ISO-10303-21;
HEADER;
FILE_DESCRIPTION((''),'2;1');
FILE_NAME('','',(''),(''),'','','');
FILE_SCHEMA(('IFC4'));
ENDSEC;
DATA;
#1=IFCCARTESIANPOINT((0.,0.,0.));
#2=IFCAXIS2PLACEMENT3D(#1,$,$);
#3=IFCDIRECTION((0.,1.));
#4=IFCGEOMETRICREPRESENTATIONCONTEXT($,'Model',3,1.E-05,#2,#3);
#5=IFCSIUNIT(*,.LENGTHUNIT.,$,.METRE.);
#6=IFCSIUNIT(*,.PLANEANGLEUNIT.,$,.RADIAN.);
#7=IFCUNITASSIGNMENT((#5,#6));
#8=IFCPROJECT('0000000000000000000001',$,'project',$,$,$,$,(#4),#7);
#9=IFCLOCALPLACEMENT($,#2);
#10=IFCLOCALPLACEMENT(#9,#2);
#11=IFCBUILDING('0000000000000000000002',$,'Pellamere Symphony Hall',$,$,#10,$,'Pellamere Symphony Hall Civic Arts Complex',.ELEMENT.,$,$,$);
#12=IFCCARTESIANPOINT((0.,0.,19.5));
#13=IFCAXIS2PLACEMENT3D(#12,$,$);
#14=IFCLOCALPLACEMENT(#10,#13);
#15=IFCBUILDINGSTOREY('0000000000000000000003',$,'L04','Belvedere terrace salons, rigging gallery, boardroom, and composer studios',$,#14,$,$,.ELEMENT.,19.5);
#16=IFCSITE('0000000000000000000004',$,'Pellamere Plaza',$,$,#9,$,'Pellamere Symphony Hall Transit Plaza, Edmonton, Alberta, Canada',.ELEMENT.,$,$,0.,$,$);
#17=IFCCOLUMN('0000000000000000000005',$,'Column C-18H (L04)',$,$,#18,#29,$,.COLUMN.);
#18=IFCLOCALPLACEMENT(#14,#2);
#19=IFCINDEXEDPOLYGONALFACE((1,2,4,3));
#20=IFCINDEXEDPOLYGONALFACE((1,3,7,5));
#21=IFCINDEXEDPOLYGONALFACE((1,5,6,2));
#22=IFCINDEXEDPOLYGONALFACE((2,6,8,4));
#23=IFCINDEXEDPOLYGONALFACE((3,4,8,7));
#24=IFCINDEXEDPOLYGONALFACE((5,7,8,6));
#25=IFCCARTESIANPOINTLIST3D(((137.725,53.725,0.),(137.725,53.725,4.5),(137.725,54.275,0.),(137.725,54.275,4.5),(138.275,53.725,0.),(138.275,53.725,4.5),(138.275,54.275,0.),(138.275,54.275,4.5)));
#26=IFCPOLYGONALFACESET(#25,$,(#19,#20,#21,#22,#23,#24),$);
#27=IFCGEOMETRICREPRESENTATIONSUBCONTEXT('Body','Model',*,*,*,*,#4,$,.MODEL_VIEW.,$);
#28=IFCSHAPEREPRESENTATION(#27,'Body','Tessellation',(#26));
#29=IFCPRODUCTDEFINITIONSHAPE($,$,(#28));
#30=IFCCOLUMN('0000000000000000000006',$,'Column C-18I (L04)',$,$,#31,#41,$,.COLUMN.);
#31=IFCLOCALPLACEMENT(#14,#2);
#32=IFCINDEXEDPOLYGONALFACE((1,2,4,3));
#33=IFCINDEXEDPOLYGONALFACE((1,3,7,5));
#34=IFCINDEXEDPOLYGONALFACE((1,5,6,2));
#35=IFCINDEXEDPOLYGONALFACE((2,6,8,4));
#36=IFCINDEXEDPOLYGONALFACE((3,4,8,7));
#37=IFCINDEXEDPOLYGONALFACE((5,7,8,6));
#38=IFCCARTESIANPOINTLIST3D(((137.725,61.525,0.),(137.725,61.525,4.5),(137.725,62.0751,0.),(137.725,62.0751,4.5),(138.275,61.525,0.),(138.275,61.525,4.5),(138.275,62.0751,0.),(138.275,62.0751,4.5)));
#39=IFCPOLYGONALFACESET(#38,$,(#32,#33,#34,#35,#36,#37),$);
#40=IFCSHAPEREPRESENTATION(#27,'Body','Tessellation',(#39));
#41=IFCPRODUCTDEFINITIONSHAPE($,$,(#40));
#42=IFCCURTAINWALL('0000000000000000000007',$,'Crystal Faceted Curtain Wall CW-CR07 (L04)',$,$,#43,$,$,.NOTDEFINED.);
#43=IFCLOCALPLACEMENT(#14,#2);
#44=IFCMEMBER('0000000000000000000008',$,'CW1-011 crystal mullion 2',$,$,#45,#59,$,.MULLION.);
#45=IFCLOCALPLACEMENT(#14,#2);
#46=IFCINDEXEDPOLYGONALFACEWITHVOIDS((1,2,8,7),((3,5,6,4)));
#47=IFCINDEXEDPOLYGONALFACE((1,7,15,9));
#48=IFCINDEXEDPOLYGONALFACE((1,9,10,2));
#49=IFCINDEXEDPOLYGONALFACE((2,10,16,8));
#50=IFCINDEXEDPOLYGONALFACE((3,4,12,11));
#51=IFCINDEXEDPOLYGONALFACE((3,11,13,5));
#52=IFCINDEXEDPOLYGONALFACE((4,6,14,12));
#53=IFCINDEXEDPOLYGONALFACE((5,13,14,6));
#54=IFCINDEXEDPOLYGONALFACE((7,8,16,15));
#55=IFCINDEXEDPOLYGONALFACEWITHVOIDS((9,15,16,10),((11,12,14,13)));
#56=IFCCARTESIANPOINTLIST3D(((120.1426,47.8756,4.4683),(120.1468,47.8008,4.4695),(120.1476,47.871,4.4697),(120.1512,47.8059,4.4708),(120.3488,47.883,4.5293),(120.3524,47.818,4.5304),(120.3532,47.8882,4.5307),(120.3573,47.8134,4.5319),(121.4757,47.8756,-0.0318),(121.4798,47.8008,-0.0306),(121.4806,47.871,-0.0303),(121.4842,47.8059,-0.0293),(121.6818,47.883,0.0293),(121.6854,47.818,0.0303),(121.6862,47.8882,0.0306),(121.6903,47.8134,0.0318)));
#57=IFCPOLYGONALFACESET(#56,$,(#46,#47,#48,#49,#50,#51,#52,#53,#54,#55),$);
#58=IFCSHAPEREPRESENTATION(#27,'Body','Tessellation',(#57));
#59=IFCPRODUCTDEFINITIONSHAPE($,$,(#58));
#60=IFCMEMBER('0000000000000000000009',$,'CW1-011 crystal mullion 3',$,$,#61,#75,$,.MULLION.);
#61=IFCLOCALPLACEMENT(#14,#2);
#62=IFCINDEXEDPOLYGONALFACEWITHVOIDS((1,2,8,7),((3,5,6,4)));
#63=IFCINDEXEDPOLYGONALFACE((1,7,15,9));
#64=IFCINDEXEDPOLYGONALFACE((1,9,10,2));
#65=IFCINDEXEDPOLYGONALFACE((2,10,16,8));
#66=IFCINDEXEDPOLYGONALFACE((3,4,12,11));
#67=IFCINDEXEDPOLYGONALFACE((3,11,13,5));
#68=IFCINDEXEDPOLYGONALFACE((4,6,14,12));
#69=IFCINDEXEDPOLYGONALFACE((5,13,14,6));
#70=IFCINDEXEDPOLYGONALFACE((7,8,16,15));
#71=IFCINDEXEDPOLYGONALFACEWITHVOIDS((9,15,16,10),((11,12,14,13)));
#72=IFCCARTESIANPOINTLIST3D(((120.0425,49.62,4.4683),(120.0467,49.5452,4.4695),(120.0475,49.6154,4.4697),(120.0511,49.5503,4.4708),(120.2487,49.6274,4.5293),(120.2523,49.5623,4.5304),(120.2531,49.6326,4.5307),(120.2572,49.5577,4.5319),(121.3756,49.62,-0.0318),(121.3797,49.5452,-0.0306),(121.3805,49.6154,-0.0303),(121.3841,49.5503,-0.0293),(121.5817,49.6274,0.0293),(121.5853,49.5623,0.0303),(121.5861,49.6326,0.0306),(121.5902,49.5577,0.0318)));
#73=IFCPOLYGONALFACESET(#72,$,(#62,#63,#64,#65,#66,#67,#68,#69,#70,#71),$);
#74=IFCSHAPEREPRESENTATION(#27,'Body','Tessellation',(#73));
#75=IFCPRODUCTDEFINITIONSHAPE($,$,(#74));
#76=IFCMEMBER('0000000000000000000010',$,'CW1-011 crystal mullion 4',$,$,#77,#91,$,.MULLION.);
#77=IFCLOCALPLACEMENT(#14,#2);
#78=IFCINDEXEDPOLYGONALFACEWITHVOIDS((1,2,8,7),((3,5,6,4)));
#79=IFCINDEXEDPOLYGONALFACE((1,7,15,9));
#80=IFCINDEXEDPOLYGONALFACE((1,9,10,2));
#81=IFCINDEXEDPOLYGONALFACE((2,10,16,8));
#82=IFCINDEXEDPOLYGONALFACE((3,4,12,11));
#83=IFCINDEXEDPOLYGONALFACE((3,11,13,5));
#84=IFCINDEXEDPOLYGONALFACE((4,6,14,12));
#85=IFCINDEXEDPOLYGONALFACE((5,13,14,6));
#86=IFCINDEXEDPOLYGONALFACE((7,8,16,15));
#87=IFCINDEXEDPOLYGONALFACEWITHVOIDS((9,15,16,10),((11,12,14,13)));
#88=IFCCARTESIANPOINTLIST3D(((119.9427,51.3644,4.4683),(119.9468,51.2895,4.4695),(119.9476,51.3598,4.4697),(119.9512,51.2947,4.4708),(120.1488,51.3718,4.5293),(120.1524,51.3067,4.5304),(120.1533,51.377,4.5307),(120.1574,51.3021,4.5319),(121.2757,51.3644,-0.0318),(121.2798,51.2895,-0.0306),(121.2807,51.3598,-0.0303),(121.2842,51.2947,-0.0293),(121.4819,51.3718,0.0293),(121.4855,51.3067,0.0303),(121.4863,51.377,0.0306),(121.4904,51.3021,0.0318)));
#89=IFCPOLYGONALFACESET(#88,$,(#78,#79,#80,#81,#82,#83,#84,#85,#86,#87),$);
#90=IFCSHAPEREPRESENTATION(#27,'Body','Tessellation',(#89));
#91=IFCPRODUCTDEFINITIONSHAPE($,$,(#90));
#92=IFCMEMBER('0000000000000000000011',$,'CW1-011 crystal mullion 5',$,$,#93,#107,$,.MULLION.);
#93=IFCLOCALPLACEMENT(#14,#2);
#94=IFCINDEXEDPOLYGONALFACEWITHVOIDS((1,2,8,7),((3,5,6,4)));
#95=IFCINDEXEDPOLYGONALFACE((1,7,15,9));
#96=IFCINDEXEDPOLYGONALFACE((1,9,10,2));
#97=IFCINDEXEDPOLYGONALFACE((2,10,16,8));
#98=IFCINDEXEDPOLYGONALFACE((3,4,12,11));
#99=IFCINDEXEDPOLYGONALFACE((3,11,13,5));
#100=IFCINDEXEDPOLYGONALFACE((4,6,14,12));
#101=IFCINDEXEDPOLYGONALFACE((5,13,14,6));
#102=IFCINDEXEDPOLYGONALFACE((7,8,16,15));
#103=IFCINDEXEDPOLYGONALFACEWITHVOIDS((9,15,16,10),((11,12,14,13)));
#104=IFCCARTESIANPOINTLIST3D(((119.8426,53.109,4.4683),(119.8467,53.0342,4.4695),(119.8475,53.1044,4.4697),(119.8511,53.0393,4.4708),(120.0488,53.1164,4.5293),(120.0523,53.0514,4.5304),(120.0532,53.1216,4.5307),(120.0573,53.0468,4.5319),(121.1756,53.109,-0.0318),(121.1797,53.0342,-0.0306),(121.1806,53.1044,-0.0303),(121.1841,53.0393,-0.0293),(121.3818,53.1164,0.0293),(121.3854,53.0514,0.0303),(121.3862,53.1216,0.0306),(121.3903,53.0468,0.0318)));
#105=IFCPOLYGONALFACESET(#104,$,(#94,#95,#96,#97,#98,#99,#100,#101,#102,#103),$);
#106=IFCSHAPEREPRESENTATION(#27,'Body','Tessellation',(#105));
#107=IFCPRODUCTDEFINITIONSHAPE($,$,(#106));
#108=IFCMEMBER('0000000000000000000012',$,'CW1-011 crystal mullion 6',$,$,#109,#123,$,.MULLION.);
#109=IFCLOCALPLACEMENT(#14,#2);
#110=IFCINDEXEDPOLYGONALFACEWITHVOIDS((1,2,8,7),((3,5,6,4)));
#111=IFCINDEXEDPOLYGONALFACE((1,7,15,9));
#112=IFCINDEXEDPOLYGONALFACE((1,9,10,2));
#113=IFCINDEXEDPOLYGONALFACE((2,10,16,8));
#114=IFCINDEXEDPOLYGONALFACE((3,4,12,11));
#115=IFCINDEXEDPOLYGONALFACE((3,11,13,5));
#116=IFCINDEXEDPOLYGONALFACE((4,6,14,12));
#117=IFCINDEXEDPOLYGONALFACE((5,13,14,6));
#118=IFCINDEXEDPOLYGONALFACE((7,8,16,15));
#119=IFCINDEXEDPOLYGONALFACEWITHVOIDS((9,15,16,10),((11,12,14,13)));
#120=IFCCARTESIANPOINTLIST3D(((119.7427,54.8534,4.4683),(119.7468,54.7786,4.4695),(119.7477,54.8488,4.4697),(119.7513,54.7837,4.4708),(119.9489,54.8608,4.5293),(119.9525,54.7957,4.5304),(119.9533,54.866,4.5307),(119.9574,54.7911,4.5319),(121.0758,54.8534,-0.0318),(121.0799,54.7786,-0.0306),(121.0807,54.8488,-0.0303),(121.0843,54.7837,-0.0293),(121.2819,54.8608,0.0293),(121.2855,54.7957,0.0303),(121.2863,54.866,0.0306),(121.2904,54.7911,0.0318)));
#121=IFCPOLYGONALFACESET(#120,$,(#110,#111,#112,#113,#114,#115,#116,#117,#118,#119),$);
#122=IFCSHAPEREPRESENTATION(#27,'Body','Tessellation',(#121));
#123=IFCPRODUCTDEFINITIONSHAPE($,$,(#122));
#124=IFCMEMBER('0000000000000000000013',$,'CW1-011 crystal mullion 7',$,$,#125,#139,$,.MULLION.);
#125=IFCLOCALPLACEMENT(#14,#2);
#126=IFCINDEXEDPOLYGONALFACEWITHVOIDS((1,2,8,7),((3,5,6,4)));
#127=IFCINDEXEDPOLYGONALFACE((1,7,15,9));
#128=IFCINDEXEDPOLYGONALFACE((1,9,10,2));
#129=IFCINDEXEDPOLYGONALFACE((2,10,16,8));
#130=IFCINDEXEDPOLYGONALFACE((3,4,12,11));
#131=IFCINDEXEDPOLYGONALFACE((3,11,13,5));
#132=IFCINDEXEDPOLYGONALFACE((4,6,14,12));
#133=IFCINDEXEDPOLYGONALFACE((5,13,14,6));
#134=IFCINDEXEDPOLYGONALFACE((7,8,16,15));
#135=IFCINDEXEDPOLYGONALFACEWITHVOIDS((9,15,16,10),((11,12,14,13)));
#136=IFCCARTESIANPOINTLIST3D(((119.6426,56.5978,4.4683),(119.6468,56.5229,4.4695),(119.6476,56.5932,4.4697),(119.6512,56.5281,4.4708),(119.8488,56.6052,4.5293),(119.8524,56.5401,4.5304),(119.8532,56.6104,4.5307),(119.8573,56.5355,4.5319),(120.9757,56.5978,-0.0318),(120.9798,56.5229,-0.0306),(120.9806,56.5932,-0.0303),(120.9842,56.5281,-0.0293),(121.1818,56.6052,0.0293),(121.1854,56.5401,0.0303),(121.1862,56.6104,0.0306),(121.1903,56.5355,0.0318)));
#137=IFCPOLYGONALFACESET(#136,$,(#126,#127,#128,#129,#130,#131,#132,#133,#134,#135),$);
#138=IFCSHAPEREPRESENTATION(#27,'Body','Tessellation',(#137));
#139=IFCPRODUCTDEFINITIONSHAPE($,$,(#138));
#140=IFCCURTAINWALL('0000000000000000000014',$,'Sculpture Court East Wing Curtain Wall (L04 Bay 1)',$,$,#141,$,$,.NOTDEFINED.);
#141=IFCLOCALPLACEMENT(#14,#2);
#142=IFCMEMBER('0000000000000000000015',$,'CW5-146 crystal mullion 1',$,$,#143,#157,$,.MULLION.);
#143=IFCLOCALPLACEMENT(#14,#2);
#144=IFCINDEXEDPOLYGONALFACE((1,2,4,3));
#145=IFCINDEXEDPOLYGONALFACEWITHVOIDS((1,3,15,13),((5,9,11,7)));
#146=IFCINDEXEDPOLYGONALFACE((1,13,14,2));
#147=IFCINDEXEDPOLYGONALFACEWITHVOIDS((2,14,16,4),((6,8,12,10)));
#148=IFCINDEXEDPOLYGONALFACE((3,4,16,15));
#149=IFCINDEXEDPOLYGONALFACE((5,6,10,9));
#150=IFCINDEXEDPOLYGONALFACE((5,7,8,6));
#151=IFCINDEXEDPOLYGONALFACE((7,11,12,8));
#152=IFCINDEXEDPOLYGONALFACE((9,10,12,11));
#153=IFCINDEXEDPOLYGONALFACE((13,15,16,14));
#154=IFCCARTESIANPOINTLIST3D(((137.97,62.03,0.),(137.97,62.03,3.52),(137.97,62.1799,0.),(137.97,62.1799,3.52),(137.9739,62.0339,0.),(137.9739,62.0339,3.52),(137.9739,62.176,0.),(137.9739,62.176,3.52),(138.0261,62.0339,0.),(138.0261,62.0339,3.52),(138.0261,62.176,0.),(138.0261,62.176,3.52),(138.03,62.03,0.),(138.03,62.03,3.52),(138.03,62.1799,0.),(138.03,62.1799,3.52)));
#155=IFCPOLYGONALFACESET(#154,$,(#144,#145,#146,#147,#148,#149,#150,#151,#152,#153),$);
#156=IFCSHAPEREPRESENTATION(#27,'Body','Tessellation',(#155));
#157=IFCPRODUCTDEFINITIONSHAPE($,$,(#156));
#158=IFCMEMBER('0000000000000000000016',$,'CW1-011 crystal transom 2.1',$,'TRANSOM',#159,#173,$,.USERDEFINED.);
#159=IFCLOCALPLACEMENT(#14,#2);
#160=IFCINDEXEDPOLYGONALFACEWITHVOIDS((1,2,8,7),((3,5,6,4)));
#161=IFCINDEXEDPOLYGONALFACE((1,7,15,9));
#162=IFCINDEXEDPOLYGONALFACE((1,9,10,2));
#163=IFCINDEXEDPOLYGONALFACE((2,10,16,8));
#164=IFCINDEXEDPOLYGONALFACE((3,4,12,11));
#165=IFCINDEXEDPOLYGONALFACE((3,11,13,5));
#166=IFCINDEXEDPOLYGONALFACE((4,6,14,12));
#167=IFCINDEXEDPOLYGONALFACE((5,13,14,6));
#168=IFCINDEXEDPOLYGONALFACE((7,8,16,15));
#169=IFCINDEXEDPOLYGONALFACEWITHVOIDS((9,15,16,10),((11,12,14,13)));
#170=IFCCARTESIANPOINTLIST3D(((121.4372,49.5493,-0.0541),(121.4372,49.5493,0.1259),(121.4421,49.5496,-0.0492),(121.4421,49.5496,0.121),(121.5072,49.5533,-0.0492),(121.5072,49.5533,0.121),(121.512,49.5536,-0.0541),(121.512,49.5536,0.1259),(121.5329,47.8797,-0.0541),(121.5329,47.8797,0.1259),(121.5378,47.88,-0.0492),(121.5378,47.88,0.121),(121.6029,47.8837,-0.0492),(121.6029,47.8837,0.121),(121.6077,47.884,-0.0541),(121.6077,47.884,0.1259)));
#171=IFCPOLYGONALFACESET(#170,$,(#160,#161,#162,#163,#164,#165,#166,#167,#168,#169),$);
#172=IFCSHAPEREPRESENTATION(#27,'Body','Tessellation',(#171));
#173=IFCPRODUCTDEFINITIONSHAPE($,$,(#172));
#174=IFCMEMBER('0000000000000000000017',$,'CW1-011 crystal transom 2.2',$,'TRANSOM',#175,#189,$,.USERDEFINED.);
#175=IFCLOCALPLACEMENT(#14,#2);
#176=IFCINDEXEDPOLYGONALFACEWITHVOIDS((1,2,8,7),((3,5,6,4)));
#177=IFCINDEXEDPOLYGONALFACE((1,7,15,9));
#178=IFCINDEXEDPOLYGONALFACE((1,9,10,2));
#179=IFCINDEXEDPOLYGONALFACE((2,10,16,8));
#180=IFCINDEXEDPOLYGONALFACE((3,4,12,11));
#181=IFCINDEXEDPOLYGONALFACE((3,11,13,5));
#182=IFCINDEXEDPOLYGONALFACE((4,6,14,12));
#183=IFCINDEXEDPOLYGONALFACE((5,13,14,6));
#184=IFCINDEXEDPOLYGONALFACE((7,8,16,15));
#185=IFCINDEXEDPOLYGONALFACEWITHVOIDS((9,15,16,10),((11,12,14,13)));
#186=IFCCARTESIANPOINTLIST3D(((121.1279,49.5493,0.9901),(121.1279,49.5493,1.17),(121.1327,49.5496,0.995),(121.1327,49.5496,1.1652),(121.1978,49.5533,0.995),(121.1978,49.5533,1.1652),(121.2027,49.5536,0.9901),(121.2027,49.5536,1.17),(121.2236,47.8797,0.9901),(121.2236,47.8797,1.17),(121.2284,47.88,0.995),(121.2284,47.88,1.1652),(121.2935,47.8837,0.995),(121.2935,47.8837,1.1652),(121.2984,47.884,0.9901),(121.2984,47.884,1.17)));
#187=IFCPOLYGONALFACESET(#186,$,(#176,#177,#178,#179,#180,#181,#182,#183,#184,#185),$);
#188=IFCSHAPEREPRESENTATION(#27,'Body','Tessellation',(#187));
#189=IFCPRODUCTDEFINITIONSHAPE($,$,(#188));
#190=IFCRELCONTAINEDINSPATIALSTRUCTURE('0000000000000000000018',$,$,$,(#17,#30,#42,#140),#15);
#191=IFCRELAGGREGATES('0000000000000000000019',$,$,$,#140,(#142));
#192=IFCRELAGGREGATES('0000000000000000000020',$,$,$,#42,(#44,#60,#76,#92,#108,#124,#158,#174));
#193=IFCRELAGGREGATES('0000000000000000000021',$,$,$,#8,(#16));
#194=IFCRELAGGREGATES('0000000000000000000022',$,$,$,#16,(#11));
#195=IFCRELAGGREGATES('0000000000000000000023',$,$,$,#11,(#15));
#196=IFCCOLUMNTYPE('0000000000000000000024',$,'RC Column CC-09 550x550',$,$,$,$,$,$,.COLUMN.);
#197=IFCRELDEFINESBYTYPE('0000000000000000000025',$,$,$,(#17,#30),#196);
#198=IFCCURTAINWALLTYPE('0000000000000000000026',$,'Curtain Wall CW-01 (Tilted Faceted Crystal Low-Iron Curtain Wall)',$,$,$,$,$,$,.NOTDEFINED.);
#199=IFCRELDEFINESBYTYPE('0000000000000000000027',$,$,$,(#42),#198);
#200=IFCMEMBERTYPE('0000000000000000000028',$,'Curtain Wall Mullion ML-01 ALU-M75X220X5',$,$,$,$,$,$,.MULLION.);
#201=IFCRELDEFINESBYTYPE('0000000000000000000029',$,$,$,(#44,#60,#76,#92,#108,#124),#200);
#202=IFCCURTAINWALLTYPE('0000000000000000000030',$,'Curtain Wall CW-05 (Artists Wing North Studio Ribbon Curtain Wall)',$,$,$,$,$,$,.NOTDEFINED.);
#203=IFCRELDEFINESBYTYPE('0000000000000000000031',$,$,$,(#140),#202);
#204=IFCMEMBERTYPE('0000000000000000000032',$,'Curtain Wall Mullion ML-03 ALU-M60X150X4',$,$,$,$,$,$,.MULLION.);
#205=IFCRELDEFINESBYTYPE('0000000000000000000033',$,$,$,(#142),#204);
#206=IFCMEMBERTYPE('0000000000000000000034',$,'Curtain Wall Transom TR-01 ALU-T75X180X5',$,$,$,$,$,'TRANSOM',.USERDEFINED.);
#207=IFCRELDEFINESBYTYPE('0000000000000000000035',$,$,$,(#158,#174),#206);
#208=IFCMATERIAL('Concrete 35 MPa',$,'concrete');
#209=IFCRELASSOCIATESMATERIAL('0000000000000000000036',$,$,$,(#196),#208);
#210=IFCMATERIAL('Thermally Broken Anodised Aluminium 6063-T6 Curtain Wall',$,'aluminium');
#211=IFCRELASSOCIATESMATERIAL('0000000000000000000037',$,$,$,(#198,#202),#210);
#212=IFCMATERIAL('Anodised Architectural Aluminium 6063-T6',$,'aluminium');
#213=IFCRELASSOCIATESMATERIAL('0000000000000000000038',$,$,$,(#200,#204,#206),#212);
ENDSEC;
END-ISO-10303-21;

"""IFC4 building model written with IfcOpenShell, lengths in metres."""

from ifc_helpers import new_model, si_unit, direction, frame, origin, origin_2d, place, context, subcontext, project, spatial, rectangle, hollow_rectangle, extrude, material, material_profile, profile_set, type_object, element, aggregate, save


model = new_model("IFC4")

# Units and contexts
model_context = context("Model", 3, precision=1e-05, world=origin(), true_north=direction((0.0, 1.0)))
body_context = subcontext(model_context, "Body", "Model", "MODEL_VIEW")
ifc_project = project(units=[si_unit("LENGTHUNIT", "METRE"), si_unit("PLANEANGLEUNIT", "RADIAN")], contexts=[model_context])

# Site, building, storey
site_placement = place(None, origin())
site = spatial("IfcSite", under=ifc_project, at=site_placement, Name="Pellamere Plaza", LongName="Pellamere Symphony Hall Transit Plaza, Edmonton, Alberta, Canada", CompositionType="ELEMENT", RefElevation=0.0)
building_placement = place(site_placement, origin())
building = spatial("IfcBuilding", under=site, at=building_placement, Name="Pellamere Symphony Hall", LongName="Pellamere Symphony Hall Civic Arts Complex", CompositionType="ELEMENT")
storey_placement = place(building_placement, frame((0.0, 0.0, 19.5)))
storey = spatial("IfcBuildingStorey", under=building, at=storey_placement, Name="L04", Description="Belvedere terrace salons, rigging gallery, boardroom, and composer studios", CompositionType="ELEMENT", Elevation=19.5)

# Columns
ifc_material_1 = material(Name="Concrete 35 MPa", Category="concrete")
ifc_material_profile_1 = material_profile(ifc_material_1, rectangle(XDim=0.55, YDim=0.55, at=origin_2d()), Name="RC 550x550")
ifc_profile_set_1 = profile_set([ifc_material_profile_1], Name="Concrete 35 MPa")
column_type = type_object("IfcColumnType", Name="RC Column CC-09 550x550", PredefinedType="COLUMN", material=ifc_profile_set_1)
for number, where, z_axis, x_axis, name in (
    (1, (138.0, 54.0, 0.0), (0.0, 0.0, 1.0), (1.0, 0.0, 0.0), "Column C-18H (L04)"),
    (2, (138.0, 61.8, 0.0), (0.0, 0.0, 1.0), (1.0, 0.0, 0.0), "Column C-18I (L04)"),
):
    element("IfcColumn", number, at=place(storey_placement, frame(where, z_axis=z_axis, x_axis=x_axis)), inside=storey, type_object=column_type, Name=name, PredefinedType="COLUMN", context=body_context, shape_type="SweptSolid", body=[
        extrude(rectangle(XDim=0.55, YDim=0.55, at=origin_2d()), origin(), (0.0, 0.0, 1.0), 4.5),
    ])

# Curtain wall, members
ifc_material_2 = material(Name="Thermally Broken Anodised Aluminium 6063-T6 Curtain Wall", Category="aluminium")
curtain_wall_type_1 = type_object("IfcCurtainWallType", Name="Curtain Wall CW-01 (Tilted Faceted Crystal Low-Iron Curtain Wall)", PredefinedType="NOTDEFINED", material=ifc_material_2)
curtain_wall_1_placement = place(storey_placement, origin())
curtain_wall_1 = element("IfcCurtainWall", 3, at=curtain_wall_1_placement, inside=storey, type_object=curtain_wall_type_1, Name="Crystal Faceted Curtain Wall CW-CR07 (L04)", PredefinedType="NOTDEFINED")
ifc_material_3 = material(Name="Anodised Architectural Aluminium 6063-T6", Category="aluminium")
ifc_material_profile_2 = material_profile(ifc_material_3, hollow_rectangle(XDim=0.075, YDim=0.22, WallThickness=0.0049, at=origin_2d()), Name="ALU-M75X220X5")
ifc_profile_set_2 = profile_set([ifc_material_profile_2], Name="Anodised Architectural Aluminium 6063-T6")
member_type_1 = type_object("IfcMemberType", Name="Curtain Wall Mullion ML-01 ALU-M75X220X5", PredefinedType="MULLION", material=ifc_profile_set_2)
member_1_placement = place(storey_placement, frame((121.583, 47.8445, 0.0), z_axis=(-0.284025, 0.0, 0.958817), x_axis=(-0.054874, 0.998361, -0.016255)))
member_1 = element("IfcMember", 4, at=member_1_placement, type_object=member_type_1, Name="CW1-011 crystal mullion 2", PredefinedType="MULLION", context=body_context, shape_type="SweptSolid", body=[
    extrude(hollow_rectangle(XDim=0.075, YDim=0.22, WallThickness=0.0049, at=origin_2d()), origin(), (0.0, 0.0, 1.0), 4.6934),
])
member_2_placement = place(storey_placement, frame((121.4829, 49.5889, 0.0), z_axis=(-0.284025, 0.0, 0.958817), x_axis=(-0.054874, 0.998361, -0.016255)))
member_2 = element("IfcMember", 5, at=member_2_placement, type_object=member_type_1, Name="CW1-011 crystal mullion 3", PredefinedType="MULLION", context=body_context, shape_type="SweptSolid", body=[
    extrude(hollow_rectangle(XDim=0.075, YDim=0.22, WallThickness=0.0049, at=origin_2d()), origin(), (0.0, 0.0, 1.0), 4.6934),
])
member_3_placement = place(storey_placement, frame((121.3831, 51.3333, 0.0), z_axis=(-0.284025, 0.0, 0.958817), x_axis=(-0.054874, 0.998361, -0.016255)))
member_3 = element("IfcMember", 6, at=member_3_placement, type_object=member_type_1, Name="CW1-011 crystal mullion 4", PredefinedType="MULLION", context=body_context, shape_type="SweptSolid", body=[
    extrude(hollow_rectangle(XDim=0.075, YDim=0.22, WallThickness=0.0049, at=origin_2d()), origin(), (0.0, 0.0, 1.0), 4.6934),
])
member_4_placement = place(storey_placement, frame((121.283, 53.0779, 0.0), z_axis=(-0.284025, 0.0, 0.958817), x_axis=(-0.054874, 0.998361, -0.016255)))
member_4 = element("IfcMember", 7, at=member_4_placement, type_object=member_type_1, Name="CW1-011 crystal mullion 5", PredefinedType="MULLION", context=body_context, shape_type="SweptSolid", body=[
    extrude(hollow_rectangle(XDim=0.075, YDim=0.22, WallThickness=0.0049, at=origin_2d()), origin(), (0.0, 0.0, 1.0), 4.6934),
])
member_5_placement = place(storey_placement, frame((121.1831, 54.8223, 0.0), z_axis=(-0.284025, 0.0, 0.958817), x_axis=(-0.054874, 0.998361, -0.016255)))
member_5 = element("IfcMember", 8, at=member_5_placement, type_object=member_type_1, Name="CW1-011 crystal mullion 6", PredefinedType="MULLION", context=body_context, shape_type="SweptSolid", body=[
    extrude(hollow_rectangle(XDim=0.075, YDim=0.22, WallThickness=0.0049, at=origin_2d()), origin(), (0.0, 0.0, 1.0), 4.6934),
])
member_6_placement = place(storey_placement, frame((121.083, 56.5667, 0.0), z_axis=(-0.284025, 0.0, 0.958817), x_axis=(-0.054874, 0.998361, -0.016255)))
member_6 = element("IfcMember", 9, at=member_6_placement, type_object=member_type_1, Name="CW1-011 crystal mullion 7", PredefinedType="MULLION", context=body_context, shape_type="SweptSolid", body=[
    extrude(hollow_rectangle(XDim=0.075, YDim=0.22, WallThickness=0.0049, at=origin_2d()), origin(), (0.0, 0.0, 1.0), 4.6934),
])

# Curtain wall, member
curtain_wall_type_2 = type_object("IfcCurtainWallType", Name="Curtain Wall CW-05 (Artists Wing North Studio Ribbon Curtain Wall)", PredefinedType="NOTDEFINED", material=ifc_material_2)
curtain_wall_2_placement = place(storey_placement, origin())
curtain_wall_2 = element("IfcCurtainWall", 10, at=curtain_wall_2_placement, inside=storey, type_object=curtain_wall_type_2, Name="Sculpture Court East Wing Curtain Wall (L04 Bay 1)", PredefinedType="NOTDEFINED")
ifc_material_profile_3 = material_profile(ifc_material_3, hollow_rectangle(XDim=0.0601, YDim=0.1499, WallThickness=0.0039, at=origin_2d()), Name="ALU-M60X150X4")
ifc_profile_set_3 = profile_set([ifc_material_profile_3], Name="Anodised Architectural Aluminium 6063-T6")
member_type_2 = type_object("IfcMemberType", Name="Curtain Wall Mullion ML-03 ALU-M60X150X4", PredefinedType="MULLION", material=ifc_profile_set_3)
member_7_placement = place(storey_placement, frame((138.0, 62.105, 0.0), z_axis=(0.0, 0.0, 1.0), x_axis=(-1.0, 0.0, 0.0)))
member_7 = element("IfcMember", 11, at=member_7_placement, type_object=member_type_2, Name="CW5-146 crystal mullion 1", PredefinedType="MULLION", context=body_context, shape_type="SweptSolid", body=[
    extrude(hollow_rectangle(XDim=0.0601, YDim=0.1499, WallThickness=0.0039, at=origin_2d()), origin(), (0.0, 0.0, 1.0), 3.52),
])

# Members
ifc_material_profile_4 = material_profile(ifc_material_3, hollow_rectangle(XDim=0.075, YDim=0.1799, WallThickness=0.0049, at=origin_2d()), Name="ALU-T75X180X5")
ifc_profile_set_4 = profile_set([ifc_material_profile_4], Name="Anodised Architectural Aluminium 6063-T6")
member_type_3 = type_object("IfcMemberType", Name="Curtain Wall Transom TR-01 ALU-T75X180X5", ElementType="TRANSOM", PredefinedType="USERDEFINED", material=ifc_profile_set_4)
member_8_placement = place(storey_placement, frame((121.5703, 47.8818, 0.0359), z_axis=(-0.057224, 0.998361, 0.0), x_axis=(-0.998361, -0.057224, 0.0)))
member_8 = element("IfcMember", 12, at=member_8_placement, type_object=member_type_3, Name="CW1-011 crystal transom 2.1", ObjectType="TRANSOM", PredefinedType="USERDEFINED", context=body_context, shape_type="SweptSolid", body=[
    extrude(hollow_rectangle(XDim=0.075, YDim=0.1799, WallThickness=0.0049, at=origin_2d()), origin(), (0.0, 0.0, 1.0), 1.6724),
])
member_9_placement = place(storey_placement, frame((121.261, 47.8818, 1.0801), z_axis=(-0.057224, 0.998361, 0.0), x_axis=(-0.998361, -0.057224, 0.0)))
member_9 = element("IfcMember", 13, at=member_9_placement, type_object=member_type_3, Name="CW1-011 crystal transom 2.2", ObjectType="TRANSOM", PredefinedType="USERDEFINED", context=body_context, shape_type="SweptSolid", body=[
    extrude(hollow_rectangle(XDim=0.075, YDim=0.1799, WallThickness=0.0049, at=origin_2d()), origin(), (0.0, 0.0, 1.0), 1.6724),
])

aggregate(curtain_wall_2, [member_7])
aggregate(curtain_wall_1, [member_1, member_2, member_3, member_4, member_5, member_6, member_8, member_9])

save(model, "model.ifc")
